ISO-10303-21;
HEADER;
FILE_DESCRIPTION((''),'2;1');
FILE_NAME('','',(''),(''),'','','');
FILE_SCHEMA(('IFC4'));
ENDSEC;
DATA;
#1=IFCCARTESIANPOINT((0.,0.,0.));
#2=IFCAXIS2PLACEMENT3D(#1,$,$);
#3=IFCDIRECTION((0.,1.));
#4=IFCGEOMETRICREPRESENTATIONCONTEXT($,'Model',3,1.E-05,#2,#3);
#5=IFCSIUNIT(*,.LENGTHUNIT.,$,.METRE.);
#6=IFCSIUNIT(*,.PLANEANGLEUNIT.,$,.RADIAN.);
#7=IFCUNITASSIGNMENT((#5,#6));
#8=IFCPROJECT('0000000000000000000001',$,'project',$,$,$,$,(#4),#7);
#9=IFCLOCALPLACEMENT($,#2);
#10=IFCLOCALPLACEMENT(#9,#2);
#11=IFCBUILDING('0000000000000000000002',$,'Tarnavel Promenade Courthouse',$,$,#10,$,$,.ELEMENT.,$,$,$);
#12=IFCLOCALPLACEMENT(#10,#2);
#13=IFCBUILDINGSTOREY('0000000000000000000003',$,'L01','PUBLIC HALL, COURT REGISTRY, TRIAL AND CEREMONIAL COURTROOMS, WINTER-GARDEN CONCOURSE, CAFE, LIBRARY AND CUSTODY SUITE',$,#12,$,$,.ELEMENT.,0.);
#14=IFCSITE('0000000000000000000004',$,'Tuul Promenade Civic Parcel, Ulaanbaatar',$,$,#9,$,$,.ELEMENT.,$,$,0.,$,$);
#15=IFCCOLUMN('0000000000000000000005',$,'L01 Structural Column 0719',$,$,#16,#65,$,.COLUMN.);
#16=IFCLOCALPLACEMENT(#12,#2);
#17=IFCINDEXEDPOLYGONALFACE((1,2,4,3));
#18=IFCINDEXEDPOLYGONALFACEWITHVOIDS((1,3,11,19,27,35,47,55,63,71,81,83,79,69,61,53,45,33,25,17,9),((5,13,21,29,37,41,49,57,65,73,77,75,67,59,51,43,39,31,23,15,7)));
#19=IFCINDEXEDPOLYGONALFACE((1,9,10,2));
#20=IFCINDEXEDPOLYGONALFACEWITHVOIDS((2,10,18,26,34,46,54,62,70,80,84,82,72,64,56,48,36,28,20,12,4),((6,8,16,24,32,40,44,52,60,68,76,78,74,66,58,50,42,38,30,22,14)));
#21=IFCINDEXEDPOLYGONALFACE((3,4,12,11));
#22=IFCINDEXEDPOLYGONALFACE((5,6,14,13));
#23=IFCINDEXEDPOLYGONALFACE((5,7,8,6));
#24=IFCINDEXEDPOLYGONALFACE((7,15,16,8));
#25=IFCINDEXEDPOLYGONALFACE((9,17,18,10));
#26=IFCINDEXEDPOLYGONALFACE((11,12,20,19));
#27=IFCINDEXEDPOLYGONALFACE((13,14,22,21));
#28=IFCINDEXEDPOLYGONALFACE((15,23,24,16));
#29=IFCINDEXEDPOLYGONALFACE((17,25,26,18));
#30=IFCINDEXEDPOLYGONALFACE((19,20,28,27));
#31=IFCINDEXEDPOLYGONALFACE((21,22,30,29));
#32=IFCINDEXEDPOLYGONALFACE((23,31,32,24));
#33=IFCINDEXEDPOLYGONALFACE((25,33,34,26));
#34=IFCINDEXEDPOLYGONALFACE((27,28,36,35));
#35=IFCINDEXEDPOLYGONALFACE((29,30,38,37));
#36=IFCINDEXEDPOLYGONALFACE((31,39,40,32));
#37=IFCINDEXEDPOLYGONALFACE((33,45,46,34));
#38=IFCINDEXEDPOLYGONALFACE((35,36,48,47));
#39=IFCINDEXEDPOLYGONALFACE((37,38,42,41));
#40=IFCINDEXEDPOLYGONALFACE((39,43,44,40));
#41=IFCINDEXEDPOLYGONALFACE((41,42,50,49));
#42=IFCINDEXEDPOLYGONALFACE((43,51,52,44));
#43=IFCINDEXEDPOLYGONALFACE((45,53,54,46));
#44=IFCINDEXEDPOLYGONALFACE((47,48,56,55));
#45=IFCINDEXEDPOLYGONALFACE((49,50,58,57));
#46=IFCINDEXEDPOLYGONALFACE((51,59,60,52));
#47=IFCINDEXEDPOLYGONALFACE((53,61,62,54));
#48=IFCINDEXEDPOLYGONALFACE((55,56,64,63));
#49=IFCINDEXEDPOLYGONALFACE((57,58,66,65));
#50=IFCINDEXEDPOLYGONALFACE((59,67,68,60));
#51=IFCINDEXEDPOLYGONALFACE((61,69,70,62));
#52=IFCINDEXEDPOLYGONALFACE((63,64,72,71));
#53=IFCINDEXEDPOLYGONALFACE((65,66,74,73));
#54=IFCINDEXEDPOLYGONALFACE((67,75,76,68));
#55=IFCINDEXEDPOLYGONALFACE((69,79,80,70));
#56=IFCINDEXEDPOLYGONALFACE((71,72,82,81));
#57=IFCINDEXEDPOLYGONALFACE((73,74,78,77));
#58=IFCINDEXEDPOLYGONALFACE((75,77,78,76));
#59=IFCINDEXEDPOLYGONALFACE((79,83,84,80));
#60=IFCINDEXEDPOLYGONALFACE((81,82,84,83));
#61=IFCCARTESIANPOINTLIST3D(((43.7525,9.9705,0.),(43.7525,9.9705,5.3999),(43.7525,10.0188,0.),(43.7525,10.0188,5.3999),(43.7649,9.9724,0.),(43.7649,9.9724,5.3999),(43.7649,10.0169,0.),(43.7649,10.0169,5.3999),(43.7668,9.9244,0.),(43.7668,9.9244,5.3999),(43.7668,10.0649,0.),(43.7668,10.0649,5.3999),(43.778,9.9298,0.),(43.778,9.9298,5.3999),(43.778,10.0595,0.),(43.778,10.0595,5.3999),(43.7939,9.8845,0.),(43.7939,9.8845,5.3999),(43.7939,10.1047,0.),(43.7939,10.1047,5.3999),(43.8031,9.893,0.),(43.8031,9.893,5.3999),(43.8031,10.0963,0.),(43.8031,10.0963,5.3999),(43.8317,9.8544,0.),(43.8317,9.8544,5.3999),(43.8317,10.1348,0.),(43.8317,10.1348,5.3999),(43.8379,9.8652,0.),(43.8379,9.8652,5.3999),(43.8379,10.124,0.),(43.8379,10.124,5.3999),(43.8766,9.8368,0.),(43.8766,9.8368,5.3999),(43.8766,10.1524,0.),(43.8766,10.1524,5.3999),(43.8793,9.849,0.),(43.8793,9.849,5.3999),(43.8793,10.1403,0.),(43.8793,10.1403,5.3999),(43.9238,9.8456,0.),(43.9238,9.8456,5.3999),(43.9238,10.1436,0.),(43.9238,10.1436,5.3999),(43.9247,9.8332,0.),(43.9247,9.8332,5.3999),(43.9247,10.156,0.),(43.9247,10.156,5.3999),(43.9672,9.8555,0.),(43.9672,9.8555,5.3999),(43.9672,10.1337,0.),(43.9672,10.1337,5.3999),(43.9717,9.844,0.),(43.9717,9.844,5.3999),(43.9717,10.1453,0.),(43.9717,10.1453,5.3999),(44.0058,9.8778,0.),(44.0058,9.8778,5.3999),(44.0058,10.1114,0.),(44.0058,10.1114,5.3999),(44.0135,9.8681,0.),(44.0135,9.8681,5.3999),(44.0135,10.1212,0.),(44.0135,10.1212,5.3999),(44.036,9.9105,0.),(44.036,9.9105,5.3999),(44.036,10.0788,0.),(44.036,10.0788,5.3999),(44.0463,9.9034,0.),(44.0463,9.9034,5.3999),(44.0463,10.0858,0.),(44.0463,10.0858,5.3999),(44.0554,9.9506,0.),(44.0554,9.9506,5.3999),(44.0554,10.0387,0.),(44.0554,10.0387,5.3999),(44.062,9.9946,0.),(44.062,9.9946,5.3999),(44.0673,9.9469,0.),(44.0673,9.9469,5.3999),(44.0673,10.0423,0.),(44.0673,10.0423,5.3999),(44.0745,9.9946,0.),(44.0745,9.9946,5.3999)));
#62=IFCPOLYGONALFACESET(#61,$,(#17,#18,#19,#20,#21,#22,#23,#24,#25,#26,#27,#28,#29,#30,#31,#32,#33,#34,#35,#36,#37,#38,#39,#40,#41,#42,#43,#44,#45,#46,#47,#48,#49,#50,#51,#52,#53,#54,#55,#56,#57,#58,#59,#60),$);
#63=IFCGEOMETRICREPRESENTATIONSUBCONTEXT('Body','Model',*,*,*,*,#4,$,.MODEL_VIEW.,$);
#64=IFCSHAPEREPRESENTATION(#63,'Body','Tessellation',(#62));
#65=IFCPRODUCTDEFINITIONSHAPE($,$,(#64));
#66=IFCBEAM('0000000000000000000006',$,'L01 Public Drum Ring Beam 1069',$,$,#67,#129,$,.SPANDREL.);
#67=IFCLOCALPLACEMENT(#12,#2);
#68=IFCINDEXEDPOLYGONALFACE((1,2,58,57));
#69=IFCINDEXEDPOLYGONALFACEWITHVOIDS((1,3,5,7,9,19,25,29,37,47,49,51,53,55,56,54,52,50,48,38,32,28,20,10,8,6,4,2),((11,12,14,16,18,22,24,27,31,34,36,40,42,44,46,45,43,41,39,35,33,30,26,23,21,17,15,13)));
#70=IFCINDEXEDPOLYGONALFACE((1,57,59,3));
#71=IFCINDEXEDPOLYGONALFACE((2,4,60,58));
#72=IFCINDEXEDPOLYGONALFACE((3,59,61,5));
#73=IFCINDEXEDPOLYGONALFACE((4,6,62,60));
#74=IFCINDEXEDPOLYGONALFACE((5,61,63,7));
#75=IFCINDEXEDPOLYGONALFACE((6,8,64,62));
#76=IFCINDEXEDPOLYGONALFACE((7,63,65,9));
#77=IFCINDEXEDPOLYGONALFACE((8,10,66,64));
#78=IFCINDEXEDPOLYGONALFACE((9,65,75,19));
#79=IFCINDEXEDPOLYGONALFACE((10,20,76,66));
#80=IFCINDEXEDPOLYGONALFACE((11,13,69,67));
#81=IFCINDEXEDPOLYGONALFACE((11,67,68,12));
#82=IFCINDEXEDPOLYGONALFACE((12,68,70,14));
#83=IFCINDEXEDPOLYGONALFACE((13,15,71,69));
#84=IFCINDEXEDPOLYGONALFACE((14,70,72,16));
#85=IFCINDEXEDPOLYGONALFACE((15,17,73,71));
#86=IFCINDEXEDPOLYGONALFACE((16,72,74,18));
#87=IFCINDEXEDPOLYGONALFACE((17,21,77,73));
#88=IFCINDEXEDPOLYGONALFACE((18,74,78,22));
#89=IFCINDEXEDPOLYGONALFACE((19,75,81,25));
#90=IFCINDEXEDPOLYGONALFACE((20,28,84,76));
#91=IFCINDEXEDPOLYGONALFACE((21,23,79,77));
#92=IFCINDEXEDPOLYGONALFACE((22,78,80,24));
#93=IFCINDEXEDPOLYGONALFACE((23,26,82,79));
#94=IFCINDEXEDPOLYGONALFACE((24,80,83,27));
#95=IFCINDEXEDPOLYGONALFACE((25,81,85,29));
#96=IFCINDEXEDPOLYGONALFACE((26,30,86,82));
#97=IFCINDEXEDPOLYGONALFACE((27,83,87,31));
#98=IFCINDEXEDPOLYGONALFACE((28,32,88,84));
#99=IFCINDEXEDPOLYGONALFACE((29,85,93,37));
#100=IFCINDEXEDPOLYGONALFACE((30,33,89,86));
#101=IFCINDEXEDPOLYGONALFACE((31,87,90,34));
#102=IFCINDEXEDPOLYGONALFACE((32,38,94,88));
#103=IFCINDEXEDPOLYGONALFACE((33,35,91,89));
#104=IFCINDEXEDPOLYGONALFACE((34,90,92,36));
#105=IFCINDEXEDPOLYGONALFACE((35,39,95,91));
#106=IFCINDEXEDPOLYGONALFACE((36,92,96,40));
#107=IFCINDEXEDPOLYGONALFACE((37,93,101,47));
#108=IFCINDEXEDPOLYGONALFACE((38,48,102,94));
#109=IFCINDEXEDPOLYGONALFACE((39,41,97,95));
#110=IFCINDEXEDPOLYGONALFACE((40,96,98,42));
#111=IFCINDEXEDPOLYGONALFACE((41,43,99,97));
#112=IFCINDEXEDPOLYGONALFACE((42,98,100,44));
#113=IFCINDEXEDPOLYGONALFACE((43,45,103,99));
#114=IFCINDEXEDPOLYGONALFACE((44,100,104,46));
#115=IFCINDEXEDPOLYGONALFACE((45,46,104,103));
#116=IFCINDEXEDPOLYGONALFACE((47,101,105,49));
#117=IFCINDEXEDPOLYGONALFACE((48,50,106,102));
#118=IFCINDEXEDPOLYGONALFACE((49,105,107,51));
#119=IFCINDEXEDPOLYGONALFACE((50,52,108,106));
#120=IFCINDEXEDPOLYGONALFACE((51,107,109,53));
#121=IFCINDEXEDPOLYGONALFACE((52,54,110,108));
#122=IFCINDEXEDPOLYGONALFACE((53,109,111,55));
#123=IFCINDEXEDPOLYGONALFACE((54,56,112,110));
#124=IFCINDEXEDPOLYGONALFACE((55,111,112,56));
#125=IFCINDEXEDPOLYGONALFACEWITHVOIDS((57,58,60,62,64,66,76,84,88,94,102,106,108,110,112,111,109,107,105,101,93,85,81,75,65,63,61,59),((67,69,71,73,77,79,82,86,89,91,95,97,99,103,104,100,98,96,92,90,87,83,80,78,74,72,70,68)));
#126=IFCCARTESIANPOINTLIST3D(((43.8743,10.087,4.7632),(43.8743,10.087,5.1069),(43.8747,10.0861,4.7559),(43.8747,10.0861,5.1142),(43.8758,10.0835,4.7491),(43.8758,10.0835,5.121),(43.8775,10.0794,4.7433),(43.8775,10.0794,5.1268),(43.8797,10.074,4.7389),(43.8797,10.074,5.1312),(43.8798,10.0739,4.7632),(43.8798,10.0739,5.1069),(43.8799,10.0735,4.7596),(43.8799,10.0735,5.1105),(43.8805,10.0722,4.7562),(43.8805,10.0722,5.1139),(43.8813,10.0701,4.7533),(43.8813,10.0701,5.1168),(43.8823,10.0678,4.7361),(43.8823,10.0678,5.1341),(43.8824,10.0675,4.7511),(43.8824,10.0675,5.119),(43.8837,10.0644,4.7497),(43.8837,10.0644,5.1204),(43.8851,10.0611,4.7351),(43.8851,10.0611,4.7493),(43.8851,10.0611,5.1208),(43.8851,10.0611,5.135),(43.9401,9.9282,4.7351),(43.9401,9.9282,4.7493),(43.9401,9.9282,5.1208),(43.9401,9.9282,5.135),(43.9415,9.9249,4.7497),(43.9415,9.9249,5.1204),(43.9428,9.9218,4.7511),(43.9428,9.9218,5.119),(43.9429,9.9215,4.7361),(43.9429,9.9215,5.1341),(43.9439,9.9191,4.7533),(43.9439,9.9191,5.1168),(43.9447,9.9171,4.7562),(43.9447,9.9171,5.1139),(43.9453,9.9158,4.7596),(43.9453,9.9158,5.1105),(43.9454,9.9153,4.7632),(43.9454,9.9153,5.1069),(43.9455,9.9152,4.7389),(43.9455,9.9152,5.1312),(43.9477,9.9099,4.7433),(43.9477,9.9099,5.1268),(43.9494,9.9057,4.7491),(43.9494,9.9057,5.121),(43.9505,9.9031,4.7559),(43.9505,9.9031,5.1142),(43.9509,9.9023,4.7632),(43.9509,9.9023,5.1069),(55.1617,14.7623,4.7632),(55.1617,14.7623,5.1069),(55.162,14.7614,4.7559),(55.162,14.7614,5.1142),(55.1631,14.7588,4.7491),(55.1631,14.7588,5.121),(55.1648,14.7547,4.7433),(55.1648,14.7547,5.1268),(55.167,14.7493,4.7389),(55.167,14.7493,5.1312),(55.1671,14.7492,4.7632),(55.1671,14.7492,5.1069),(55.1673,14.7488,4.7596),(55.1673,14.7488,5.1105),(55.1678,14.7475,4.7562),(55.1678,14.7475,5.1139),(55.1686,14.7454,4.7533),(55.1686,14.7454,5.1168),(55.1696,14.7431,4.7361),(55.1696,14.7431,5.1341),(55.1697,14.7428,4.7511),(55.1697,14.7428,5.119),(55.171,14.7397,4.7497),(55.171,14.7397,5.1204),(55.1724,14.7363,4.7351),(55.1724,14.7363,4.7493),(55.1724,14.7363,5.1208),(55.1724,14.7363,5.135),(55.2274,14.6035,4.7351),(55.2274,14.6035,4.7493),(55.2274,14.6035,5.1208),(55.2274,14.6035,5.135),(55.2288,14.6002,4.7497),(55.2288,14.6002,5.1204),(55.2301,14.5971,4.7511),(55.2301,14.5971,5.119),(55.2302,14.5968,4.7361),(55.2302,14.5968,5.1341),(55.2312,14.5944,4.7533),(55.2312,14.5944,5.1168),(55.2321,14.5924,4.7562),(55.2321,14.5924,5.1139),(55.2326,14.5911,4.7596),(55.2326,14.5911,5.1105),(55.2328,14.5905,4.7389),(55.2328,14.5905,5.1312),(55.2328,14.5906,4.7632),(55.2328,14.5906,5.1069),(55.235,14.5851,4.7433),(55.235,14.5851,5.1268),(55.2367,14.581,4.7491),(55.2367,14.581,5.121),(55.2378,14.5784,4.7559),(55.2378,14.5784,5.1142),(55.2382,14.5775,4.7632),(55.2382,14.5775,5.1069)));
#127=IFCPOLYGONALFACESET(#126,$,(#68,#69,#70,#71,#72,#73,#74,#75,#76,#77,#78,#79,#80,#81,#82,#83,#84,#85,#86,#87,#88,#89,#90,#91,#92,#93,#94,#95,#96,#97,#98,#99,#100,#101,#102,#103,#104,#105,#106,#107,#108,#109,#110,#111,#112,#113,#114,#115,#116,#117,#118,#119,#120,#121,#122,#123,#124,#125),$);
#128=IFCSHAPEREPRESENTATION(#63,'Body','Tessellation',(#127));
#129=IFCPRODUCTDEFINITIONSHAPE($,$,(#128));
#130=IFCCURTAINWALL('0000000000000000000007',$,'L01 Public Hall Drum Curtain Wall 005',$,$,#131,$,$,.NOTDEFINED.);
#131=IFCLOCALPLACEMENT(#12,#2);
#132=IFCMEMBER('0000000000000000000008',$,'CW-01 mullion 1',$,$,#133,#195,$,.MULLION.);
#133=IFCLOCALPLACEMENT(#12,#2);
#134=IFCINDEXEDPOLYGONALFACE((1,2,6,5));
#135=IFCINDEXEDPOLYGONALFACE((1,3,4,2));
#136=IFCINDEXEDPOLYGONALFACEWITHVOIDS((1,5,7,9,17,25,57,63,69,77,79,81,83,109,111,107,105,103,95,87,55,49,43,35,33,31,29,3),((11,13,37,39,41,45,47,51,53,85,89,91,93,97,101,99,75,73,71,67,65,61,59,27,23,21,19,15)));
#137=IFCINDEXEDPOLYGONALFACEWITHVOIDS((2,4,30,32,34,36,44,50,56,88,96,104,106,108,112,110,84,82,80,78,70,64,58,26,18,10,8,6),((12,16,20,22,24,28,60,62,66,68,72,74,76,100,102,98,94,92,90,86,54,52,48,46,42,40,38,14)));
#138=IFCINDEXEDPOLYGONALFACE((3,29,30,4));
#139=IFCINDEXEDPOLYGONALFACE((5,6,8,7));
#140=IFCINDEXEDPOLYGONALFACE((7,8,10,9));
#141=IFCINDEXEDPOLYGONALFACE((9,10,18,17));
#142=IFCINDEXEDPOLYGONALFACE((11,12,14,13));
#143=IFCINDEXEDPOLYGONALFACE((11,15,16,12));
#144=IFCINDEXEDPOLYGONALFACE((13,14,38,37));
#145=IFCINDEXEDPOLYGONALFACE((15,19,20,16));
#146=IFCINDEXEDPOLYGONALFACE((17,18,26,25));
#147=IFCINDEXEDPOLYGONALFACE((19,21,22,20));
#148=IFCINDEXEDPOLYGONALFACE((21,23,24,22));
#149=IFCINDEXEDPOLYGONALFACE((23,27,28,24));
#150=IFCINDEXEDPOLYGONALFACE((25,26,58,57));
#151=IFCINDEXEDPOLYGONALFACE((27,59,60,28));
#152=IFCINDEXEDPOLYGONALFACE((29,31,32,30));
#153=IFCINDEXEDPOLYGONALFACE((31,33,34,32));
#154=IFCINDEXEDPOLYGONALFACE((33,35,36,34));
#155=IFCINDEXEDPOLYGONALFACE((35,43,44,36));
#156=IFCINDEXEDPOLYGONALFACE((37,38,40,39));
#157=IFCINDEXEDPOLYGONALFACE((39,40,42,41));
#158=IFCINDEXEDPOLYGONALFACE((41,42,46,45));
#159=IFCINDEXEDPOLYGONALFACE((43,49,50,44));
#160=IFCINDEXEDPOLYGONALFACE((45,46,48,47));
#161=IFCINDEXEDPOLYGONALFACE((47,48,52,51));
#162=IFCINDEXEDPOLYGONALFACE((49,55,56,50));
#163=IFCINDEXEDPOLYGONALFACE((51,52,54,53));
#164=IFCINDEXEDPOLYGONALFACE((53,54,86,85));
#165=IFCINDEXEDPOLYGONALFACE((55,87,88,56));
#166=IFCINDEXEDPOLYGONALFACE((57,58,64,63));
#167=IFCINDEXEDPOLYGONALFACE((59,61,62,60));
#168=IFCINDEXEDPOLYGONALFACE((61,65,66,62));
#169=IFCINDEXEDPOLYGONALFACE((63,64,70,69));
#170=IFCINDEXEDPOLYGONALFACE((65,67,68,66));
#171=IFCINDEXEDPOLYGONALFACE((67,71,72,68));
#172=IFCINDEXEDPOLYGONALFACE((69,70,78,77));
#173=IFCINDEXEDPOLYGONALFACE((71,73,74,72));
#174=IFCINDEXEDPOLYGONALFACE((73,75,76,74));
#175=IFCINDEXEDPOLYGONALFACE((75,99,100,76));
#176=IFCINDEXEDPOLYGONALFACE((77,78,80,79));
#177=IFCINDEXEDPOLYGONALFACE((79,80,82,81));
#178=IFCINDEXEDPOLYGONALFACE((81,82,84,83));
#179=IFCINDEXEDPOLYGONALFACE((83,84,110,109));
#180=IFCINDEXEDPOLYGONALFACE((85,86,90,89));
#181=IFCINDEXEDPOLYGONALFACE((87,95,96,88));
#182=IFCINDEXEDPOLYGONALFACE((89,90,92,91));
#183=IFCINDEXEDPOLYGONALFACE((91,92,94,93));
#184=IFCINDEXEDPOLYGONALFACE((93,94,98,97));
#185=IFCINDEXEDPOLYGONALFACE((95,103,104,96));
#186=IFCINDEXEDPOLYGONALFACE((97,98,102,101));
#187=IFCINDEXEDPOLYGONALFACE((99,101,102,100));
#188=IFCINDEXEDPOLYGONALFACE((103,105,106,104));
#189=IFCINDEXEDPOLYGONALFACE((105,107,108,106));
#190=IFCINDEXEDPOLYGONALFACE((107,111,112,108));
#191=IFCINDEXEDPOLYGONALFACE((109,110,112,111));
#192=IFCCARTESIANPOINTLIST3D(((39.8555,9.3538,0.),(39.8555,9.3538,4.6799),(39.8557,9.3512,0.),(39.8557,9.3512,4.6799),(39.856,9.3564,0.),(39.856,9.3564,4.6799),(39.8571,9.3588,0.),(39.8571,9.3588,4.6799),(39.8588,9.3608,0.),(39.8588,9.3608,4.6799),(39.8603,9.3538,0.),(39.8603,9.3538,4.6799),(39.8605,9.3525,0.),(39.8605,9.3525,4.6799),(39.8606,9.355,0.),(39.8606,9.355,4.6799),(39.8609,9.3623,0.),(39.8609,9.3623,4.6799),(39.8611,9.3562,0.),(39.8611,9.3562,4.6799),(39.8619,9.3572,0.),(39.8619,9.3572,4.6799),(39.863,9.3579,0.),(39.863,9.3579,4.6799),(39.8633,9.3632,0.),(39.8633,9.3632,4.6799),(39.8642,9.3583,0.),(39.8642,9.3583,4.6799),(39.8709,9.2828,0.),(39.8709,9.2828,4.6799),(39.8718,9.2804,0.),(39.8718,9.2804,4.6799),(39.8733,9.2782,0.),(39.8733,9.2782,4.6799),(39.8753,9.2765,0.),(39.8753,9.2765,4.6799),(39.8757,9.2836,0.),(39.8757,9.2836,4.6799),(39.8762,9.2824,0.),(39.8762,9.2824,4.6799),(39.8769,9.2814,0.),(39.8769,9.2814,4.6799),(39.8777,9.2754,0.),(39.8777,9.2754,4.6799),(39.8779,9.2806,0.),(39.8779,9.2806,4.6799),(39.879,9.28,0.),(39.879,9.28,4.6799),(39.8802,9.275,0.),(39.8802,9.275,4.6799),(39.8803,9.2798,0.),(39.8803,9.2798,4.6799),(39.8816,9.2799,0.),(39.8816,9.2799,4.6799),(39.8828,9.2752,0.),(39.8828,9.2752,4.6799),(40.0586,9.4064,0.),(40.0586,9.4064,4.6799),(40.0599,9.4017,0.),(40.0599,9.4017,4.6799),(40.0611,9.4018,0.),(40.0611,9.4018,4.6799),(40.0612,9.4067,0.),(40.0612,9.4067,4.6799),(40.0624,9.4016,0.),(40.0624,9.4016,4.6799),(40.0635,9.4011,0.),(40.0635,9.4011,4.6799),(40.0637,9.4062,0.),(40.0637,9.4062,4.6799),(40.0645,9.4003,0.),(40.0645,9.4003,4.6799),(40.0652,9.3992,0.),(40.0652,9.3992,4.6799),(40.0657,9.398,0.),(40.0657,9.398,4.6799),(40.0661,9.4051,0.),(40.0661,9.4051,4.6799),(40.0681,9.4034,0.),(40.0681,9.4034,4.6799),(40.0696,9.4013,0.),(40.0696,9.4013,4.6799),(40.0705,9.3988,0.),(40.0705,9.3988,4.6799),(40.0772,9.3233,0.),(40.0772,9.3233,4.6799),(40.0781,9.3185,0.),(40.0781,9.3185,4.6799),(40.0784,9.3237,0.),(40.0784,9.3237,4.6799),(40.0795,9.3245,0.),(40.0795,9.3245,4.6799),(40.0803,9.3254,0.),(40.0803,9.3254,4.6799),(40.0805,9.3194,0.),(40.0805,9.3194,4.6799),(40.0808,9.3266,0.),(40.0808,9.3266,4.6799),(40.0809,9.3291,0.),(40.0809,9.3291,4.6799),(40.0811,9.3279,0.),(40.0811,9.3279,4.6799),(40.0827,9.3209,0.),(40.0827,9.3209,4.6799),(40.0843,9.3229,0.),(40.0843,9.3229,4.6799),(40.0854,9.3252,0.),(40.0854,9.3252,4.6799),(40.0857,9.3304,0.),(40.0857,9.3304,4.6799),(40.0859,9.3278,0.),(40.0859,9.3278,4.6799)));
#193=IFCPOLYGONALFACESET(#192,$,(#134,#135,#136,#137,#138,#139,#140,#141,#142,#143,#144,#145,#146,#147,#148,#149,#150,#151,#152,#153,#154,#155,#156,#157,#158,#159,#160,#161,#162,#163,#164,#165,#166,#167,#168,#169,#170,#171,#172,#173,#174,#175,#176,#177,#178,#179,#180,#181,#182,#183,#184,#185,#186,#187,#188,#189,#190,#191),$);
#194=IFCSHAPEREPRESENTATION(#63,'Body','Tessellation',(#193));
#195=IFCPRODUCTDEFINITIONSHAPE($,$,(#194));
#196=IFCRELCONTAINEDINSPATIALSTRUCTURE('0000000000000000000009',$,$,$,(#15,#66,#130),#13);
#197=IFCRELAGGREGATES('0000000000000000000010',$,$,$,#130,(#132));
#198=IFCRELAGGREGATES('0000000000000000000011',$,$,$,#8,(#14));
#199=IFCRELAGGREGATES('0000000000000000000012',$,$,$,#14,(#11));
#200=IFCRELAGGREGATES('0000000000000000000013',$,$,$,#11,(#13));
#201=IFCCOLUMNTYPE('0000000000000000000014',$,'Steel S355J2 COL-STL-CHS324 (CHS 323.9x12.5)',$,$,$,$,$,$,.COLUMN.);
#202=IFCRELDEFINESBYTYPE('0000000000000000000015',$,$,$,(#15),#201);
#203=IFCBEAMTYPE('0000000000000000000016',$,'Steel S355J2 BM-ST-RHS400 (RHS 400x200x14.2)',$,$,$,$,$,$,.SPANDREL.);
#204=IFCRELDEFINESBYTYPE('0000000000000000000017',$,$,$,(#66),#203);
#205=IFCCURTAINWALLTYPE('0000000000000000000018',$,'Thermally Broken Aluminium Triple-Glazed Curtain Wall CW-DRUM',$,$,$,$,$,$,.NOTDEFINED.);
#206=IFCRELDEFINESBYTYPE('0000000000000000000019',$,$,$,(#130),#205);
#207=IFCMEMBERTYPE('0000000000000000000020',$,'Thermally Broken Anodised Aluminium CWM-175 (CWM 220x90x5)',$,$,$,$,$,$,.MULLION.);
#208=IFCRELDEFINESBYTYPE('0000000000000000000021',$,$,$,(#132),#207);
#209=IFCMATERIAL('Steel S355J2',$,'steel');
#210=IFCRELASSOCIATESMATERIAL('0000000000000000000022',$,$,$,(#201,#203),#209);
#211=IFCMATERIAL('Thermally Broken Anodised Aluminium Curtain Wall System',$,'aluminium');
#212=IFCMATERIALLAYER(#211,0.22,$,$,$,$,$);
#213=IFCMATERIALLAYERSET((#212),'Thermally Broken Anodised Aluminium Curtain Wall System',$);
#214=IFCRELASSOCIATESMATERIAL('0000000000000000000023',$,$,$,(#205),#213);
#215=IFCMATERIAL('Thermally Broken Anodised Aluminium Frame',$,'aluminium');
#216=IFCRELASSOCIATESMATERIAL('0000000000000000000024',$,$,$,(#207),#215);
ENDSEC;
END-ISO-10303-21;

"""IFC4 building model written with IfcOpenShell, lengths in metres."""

from ifc_helpers import new_model, si_unit, direction, frame, origin, origin_2d, place, context, subcontext, project, spatial, hollow_rectangle, hollow_circle, extrude, material, layer, layer_set, material_profile, profile_set, type_object, element, aggregate, save


model = new_model("IFC4")

# Units and contexts
model_context = context("Model", 3, precision=1e-05, world=origin(), true_north=direction((0.0, 1.0)))
body_context = subcontext(model_context, "Body", "Model", "MODEL_VIEW")
ifc_project = project(units=[si_unit("LENGTHUNIT", "METRE"), si_unit("PLANEANGLEUNIT", "RADIAN")], contexts=[model_context])

# Site, building, storey
site_placement = place(None, origin())
site = spatial("IfcSite", under=ifc_project, at=site_placement, Name="Tuul Promenade Civic Parcel, Ulaanbaatar", CompositionType="ELEMENT", RefElevation=0.0)
building_placement = place(site_placement, origin())
building = spatial("IfcBuilding", under=site, at=building_placement, Name="Tarnavel Promenade Courthouse", CompositionType="ELEMENT")
storey_placement = place(building_placement, origin())
storey = spatial("IfcBuildingStorey", under=building, at=storey_placement, Name="L01", Description="PUBLIC HALL, COURT REGISTRY, TRIAL AND CEREMONIAL COURTROOMS, WINTER-GARDEN CONCOURSE, CAFE, LIBRARY AND CUSTODY SUITE", CompositionType="ELEMENT", Elevation=0.0)

# Column
ifc_material_1 = material(Name="Steel S355J2", Category="steel")
ifc_material_profile_1 = material_profile(ifc_material_1, hollow_circle(Radius=0.1619, WallThickness=0.0125, at=origin_2d()), Name="CHS 323.9x12.5")
ifc_profile_set_1 = profile_set([ifc_material_profile_1], Name="Steel S355J2")
column_type = type_object("IfcColumnType", Name="Steel S355J2 COL-STL-CHS324 (CHS 323.9x12.5)", PredefinedType="COLUMN", material=ifc_profile_set_1)
column_placement = place(storey_placement, frame((43.9126, 9.9946, 0.0), z_axis=(0.0, 0.0, 1.0), x_axis=(1.0, 0.0, 0.0)))
element("IfcColumn", 1, at=column_placement, inside=storey, type_object=column_type, Name="L01 Structural Column 0719", PredefinedType="COLUMN", context=body_context, shape_type="SweptSolid", body=[
    extrude(hollow_circle(Radius=0.1619, WallThickness=0.0125, at=origin_2d()), origin(), (0.0, 0.0, 1.0), 5.3999),
])

# Beam
ifc_material_profile_2 = material_profile(ifc_material_1, hollow_rectangle(XDim=0.2, YDim=0.3999, WallThickness=0.0142, InnerFilletRadius=0.0139, OuterFilletRadius=0.0281, at=origin_2d()), Name="RHS 400x200x14.2")
ifc_profile_set_2 = profile_set([ifc_material_profile_2], Name="Steel S355J2")
beam_type = type_object("IfcBeamType", Name="Steel S355J2 BM-ST-RHS400 (RHS 400x200x14.2)", PredefinedType="SPANDREL", material=ifc_profile_set_2)
beam_placement = place(storey_placement, frame((43.9126, 9.9946, 4.9351), z_axis=(0.923882, 0.382678, 0.0), x_axis=(-0.382678, 0.923882, 0.0)))
element("IfcBeam", 2, at=beam_placement, inside=storey, type_object=beam_type, Name="L01 Public Drum Ring Beam 1069", PredefinedType="SPANDREL", context=body_context, shape_type="SweptSolid", body=[
    extrude(hollow_rectangle(XDim=0.2, YDim=0.3999, WallThickness=0.0142, InnerFilletRadius=0.0139, OuterFilletRadius=0.0281, at=origin_2d()), origin(), (0.0, 0.0, 1.0), 12.2173),
])

# Curtain wall, member
ifc_material_2 = material(Name="Thermally Broken Anodised Aluminium Curtain Wall System", Category="aluminium")
ifc_layer_1 = layer(ifc_material_2, 0.22)
ifc_layer_set_1 = layer_set([ifc_layer_1], Name="Thermally Broken Anodised Aluminium Curtain Wall System")
curtain_wall_type = type_object("IfcCurtainWallType", Name="Thermally Broken Aluminium Triple-Glazed Curtain Wall CW-DRUM", PredefinedType="NOTDEFINED", material=ifc_layer_set_1)
curtain_wall_1_placement = place(storey_placement, origin())
curtain_wall_1 = element("IfcCurtainWall", 3, at=curtain_wall_1_placement, inside=storey, type_object=curtain_wall_type, Name="L01 Public Hall Drum Curtain Wall 005", PredefinedType="NOTDEFINED")
ifc_material_3 = material(Name="Thermally Broken Anodised Aluminium Frame", Category="aluminium")
ifc_material_profile_3 = material_profile(ifc_material_3, hollow_rectangle(XDim=0.0901, YDim=0.22, WallThickness=0.0049, InnerFilletRadius=0.0049, OuterFilletRadius=0.01, at=origin_2d()), Name="CWM 220x90x5")
ifc_profile_set_3 = profile_set([ifc_material_profile_3], Name="Thermally Broken Anodised Aluminium Frame")
member_type_1 = type_object("IfcMemberType", Name="Thermally Broken Anodised Aluminium CWM-175 (CWM 220x90x5)", PredefinedType="MULLION", material=ifc_profile_set_3)
member_1_placement = place(storey_placement, frame((39.9707, 9.3408, 0.0), z_axis=(0.0, 0.0, 1.0), x_axis=(-0.216441, 0.976296, 0.0)))
member_1 = element("IfcMember", 4, at=member_1_placement, type_object=member_type_1, Name="CW-01 mullion 1", PredefinedType="MULLION", context=body_context, shape_type="SweptSolid", body=[
    extrude(hollow_rectangle(XDim=0.0901, YDim=0.22, WallThickness=0.0049, InnerFilletRadius=0.0049, OuterFilletRadius=0.01, at=origin_2d()), origin(), (0.0, 0.0, 1.0), 4.6799),
])

aggregate(curtain_wall_1, [member_1])

save(model, "model.ifc")
